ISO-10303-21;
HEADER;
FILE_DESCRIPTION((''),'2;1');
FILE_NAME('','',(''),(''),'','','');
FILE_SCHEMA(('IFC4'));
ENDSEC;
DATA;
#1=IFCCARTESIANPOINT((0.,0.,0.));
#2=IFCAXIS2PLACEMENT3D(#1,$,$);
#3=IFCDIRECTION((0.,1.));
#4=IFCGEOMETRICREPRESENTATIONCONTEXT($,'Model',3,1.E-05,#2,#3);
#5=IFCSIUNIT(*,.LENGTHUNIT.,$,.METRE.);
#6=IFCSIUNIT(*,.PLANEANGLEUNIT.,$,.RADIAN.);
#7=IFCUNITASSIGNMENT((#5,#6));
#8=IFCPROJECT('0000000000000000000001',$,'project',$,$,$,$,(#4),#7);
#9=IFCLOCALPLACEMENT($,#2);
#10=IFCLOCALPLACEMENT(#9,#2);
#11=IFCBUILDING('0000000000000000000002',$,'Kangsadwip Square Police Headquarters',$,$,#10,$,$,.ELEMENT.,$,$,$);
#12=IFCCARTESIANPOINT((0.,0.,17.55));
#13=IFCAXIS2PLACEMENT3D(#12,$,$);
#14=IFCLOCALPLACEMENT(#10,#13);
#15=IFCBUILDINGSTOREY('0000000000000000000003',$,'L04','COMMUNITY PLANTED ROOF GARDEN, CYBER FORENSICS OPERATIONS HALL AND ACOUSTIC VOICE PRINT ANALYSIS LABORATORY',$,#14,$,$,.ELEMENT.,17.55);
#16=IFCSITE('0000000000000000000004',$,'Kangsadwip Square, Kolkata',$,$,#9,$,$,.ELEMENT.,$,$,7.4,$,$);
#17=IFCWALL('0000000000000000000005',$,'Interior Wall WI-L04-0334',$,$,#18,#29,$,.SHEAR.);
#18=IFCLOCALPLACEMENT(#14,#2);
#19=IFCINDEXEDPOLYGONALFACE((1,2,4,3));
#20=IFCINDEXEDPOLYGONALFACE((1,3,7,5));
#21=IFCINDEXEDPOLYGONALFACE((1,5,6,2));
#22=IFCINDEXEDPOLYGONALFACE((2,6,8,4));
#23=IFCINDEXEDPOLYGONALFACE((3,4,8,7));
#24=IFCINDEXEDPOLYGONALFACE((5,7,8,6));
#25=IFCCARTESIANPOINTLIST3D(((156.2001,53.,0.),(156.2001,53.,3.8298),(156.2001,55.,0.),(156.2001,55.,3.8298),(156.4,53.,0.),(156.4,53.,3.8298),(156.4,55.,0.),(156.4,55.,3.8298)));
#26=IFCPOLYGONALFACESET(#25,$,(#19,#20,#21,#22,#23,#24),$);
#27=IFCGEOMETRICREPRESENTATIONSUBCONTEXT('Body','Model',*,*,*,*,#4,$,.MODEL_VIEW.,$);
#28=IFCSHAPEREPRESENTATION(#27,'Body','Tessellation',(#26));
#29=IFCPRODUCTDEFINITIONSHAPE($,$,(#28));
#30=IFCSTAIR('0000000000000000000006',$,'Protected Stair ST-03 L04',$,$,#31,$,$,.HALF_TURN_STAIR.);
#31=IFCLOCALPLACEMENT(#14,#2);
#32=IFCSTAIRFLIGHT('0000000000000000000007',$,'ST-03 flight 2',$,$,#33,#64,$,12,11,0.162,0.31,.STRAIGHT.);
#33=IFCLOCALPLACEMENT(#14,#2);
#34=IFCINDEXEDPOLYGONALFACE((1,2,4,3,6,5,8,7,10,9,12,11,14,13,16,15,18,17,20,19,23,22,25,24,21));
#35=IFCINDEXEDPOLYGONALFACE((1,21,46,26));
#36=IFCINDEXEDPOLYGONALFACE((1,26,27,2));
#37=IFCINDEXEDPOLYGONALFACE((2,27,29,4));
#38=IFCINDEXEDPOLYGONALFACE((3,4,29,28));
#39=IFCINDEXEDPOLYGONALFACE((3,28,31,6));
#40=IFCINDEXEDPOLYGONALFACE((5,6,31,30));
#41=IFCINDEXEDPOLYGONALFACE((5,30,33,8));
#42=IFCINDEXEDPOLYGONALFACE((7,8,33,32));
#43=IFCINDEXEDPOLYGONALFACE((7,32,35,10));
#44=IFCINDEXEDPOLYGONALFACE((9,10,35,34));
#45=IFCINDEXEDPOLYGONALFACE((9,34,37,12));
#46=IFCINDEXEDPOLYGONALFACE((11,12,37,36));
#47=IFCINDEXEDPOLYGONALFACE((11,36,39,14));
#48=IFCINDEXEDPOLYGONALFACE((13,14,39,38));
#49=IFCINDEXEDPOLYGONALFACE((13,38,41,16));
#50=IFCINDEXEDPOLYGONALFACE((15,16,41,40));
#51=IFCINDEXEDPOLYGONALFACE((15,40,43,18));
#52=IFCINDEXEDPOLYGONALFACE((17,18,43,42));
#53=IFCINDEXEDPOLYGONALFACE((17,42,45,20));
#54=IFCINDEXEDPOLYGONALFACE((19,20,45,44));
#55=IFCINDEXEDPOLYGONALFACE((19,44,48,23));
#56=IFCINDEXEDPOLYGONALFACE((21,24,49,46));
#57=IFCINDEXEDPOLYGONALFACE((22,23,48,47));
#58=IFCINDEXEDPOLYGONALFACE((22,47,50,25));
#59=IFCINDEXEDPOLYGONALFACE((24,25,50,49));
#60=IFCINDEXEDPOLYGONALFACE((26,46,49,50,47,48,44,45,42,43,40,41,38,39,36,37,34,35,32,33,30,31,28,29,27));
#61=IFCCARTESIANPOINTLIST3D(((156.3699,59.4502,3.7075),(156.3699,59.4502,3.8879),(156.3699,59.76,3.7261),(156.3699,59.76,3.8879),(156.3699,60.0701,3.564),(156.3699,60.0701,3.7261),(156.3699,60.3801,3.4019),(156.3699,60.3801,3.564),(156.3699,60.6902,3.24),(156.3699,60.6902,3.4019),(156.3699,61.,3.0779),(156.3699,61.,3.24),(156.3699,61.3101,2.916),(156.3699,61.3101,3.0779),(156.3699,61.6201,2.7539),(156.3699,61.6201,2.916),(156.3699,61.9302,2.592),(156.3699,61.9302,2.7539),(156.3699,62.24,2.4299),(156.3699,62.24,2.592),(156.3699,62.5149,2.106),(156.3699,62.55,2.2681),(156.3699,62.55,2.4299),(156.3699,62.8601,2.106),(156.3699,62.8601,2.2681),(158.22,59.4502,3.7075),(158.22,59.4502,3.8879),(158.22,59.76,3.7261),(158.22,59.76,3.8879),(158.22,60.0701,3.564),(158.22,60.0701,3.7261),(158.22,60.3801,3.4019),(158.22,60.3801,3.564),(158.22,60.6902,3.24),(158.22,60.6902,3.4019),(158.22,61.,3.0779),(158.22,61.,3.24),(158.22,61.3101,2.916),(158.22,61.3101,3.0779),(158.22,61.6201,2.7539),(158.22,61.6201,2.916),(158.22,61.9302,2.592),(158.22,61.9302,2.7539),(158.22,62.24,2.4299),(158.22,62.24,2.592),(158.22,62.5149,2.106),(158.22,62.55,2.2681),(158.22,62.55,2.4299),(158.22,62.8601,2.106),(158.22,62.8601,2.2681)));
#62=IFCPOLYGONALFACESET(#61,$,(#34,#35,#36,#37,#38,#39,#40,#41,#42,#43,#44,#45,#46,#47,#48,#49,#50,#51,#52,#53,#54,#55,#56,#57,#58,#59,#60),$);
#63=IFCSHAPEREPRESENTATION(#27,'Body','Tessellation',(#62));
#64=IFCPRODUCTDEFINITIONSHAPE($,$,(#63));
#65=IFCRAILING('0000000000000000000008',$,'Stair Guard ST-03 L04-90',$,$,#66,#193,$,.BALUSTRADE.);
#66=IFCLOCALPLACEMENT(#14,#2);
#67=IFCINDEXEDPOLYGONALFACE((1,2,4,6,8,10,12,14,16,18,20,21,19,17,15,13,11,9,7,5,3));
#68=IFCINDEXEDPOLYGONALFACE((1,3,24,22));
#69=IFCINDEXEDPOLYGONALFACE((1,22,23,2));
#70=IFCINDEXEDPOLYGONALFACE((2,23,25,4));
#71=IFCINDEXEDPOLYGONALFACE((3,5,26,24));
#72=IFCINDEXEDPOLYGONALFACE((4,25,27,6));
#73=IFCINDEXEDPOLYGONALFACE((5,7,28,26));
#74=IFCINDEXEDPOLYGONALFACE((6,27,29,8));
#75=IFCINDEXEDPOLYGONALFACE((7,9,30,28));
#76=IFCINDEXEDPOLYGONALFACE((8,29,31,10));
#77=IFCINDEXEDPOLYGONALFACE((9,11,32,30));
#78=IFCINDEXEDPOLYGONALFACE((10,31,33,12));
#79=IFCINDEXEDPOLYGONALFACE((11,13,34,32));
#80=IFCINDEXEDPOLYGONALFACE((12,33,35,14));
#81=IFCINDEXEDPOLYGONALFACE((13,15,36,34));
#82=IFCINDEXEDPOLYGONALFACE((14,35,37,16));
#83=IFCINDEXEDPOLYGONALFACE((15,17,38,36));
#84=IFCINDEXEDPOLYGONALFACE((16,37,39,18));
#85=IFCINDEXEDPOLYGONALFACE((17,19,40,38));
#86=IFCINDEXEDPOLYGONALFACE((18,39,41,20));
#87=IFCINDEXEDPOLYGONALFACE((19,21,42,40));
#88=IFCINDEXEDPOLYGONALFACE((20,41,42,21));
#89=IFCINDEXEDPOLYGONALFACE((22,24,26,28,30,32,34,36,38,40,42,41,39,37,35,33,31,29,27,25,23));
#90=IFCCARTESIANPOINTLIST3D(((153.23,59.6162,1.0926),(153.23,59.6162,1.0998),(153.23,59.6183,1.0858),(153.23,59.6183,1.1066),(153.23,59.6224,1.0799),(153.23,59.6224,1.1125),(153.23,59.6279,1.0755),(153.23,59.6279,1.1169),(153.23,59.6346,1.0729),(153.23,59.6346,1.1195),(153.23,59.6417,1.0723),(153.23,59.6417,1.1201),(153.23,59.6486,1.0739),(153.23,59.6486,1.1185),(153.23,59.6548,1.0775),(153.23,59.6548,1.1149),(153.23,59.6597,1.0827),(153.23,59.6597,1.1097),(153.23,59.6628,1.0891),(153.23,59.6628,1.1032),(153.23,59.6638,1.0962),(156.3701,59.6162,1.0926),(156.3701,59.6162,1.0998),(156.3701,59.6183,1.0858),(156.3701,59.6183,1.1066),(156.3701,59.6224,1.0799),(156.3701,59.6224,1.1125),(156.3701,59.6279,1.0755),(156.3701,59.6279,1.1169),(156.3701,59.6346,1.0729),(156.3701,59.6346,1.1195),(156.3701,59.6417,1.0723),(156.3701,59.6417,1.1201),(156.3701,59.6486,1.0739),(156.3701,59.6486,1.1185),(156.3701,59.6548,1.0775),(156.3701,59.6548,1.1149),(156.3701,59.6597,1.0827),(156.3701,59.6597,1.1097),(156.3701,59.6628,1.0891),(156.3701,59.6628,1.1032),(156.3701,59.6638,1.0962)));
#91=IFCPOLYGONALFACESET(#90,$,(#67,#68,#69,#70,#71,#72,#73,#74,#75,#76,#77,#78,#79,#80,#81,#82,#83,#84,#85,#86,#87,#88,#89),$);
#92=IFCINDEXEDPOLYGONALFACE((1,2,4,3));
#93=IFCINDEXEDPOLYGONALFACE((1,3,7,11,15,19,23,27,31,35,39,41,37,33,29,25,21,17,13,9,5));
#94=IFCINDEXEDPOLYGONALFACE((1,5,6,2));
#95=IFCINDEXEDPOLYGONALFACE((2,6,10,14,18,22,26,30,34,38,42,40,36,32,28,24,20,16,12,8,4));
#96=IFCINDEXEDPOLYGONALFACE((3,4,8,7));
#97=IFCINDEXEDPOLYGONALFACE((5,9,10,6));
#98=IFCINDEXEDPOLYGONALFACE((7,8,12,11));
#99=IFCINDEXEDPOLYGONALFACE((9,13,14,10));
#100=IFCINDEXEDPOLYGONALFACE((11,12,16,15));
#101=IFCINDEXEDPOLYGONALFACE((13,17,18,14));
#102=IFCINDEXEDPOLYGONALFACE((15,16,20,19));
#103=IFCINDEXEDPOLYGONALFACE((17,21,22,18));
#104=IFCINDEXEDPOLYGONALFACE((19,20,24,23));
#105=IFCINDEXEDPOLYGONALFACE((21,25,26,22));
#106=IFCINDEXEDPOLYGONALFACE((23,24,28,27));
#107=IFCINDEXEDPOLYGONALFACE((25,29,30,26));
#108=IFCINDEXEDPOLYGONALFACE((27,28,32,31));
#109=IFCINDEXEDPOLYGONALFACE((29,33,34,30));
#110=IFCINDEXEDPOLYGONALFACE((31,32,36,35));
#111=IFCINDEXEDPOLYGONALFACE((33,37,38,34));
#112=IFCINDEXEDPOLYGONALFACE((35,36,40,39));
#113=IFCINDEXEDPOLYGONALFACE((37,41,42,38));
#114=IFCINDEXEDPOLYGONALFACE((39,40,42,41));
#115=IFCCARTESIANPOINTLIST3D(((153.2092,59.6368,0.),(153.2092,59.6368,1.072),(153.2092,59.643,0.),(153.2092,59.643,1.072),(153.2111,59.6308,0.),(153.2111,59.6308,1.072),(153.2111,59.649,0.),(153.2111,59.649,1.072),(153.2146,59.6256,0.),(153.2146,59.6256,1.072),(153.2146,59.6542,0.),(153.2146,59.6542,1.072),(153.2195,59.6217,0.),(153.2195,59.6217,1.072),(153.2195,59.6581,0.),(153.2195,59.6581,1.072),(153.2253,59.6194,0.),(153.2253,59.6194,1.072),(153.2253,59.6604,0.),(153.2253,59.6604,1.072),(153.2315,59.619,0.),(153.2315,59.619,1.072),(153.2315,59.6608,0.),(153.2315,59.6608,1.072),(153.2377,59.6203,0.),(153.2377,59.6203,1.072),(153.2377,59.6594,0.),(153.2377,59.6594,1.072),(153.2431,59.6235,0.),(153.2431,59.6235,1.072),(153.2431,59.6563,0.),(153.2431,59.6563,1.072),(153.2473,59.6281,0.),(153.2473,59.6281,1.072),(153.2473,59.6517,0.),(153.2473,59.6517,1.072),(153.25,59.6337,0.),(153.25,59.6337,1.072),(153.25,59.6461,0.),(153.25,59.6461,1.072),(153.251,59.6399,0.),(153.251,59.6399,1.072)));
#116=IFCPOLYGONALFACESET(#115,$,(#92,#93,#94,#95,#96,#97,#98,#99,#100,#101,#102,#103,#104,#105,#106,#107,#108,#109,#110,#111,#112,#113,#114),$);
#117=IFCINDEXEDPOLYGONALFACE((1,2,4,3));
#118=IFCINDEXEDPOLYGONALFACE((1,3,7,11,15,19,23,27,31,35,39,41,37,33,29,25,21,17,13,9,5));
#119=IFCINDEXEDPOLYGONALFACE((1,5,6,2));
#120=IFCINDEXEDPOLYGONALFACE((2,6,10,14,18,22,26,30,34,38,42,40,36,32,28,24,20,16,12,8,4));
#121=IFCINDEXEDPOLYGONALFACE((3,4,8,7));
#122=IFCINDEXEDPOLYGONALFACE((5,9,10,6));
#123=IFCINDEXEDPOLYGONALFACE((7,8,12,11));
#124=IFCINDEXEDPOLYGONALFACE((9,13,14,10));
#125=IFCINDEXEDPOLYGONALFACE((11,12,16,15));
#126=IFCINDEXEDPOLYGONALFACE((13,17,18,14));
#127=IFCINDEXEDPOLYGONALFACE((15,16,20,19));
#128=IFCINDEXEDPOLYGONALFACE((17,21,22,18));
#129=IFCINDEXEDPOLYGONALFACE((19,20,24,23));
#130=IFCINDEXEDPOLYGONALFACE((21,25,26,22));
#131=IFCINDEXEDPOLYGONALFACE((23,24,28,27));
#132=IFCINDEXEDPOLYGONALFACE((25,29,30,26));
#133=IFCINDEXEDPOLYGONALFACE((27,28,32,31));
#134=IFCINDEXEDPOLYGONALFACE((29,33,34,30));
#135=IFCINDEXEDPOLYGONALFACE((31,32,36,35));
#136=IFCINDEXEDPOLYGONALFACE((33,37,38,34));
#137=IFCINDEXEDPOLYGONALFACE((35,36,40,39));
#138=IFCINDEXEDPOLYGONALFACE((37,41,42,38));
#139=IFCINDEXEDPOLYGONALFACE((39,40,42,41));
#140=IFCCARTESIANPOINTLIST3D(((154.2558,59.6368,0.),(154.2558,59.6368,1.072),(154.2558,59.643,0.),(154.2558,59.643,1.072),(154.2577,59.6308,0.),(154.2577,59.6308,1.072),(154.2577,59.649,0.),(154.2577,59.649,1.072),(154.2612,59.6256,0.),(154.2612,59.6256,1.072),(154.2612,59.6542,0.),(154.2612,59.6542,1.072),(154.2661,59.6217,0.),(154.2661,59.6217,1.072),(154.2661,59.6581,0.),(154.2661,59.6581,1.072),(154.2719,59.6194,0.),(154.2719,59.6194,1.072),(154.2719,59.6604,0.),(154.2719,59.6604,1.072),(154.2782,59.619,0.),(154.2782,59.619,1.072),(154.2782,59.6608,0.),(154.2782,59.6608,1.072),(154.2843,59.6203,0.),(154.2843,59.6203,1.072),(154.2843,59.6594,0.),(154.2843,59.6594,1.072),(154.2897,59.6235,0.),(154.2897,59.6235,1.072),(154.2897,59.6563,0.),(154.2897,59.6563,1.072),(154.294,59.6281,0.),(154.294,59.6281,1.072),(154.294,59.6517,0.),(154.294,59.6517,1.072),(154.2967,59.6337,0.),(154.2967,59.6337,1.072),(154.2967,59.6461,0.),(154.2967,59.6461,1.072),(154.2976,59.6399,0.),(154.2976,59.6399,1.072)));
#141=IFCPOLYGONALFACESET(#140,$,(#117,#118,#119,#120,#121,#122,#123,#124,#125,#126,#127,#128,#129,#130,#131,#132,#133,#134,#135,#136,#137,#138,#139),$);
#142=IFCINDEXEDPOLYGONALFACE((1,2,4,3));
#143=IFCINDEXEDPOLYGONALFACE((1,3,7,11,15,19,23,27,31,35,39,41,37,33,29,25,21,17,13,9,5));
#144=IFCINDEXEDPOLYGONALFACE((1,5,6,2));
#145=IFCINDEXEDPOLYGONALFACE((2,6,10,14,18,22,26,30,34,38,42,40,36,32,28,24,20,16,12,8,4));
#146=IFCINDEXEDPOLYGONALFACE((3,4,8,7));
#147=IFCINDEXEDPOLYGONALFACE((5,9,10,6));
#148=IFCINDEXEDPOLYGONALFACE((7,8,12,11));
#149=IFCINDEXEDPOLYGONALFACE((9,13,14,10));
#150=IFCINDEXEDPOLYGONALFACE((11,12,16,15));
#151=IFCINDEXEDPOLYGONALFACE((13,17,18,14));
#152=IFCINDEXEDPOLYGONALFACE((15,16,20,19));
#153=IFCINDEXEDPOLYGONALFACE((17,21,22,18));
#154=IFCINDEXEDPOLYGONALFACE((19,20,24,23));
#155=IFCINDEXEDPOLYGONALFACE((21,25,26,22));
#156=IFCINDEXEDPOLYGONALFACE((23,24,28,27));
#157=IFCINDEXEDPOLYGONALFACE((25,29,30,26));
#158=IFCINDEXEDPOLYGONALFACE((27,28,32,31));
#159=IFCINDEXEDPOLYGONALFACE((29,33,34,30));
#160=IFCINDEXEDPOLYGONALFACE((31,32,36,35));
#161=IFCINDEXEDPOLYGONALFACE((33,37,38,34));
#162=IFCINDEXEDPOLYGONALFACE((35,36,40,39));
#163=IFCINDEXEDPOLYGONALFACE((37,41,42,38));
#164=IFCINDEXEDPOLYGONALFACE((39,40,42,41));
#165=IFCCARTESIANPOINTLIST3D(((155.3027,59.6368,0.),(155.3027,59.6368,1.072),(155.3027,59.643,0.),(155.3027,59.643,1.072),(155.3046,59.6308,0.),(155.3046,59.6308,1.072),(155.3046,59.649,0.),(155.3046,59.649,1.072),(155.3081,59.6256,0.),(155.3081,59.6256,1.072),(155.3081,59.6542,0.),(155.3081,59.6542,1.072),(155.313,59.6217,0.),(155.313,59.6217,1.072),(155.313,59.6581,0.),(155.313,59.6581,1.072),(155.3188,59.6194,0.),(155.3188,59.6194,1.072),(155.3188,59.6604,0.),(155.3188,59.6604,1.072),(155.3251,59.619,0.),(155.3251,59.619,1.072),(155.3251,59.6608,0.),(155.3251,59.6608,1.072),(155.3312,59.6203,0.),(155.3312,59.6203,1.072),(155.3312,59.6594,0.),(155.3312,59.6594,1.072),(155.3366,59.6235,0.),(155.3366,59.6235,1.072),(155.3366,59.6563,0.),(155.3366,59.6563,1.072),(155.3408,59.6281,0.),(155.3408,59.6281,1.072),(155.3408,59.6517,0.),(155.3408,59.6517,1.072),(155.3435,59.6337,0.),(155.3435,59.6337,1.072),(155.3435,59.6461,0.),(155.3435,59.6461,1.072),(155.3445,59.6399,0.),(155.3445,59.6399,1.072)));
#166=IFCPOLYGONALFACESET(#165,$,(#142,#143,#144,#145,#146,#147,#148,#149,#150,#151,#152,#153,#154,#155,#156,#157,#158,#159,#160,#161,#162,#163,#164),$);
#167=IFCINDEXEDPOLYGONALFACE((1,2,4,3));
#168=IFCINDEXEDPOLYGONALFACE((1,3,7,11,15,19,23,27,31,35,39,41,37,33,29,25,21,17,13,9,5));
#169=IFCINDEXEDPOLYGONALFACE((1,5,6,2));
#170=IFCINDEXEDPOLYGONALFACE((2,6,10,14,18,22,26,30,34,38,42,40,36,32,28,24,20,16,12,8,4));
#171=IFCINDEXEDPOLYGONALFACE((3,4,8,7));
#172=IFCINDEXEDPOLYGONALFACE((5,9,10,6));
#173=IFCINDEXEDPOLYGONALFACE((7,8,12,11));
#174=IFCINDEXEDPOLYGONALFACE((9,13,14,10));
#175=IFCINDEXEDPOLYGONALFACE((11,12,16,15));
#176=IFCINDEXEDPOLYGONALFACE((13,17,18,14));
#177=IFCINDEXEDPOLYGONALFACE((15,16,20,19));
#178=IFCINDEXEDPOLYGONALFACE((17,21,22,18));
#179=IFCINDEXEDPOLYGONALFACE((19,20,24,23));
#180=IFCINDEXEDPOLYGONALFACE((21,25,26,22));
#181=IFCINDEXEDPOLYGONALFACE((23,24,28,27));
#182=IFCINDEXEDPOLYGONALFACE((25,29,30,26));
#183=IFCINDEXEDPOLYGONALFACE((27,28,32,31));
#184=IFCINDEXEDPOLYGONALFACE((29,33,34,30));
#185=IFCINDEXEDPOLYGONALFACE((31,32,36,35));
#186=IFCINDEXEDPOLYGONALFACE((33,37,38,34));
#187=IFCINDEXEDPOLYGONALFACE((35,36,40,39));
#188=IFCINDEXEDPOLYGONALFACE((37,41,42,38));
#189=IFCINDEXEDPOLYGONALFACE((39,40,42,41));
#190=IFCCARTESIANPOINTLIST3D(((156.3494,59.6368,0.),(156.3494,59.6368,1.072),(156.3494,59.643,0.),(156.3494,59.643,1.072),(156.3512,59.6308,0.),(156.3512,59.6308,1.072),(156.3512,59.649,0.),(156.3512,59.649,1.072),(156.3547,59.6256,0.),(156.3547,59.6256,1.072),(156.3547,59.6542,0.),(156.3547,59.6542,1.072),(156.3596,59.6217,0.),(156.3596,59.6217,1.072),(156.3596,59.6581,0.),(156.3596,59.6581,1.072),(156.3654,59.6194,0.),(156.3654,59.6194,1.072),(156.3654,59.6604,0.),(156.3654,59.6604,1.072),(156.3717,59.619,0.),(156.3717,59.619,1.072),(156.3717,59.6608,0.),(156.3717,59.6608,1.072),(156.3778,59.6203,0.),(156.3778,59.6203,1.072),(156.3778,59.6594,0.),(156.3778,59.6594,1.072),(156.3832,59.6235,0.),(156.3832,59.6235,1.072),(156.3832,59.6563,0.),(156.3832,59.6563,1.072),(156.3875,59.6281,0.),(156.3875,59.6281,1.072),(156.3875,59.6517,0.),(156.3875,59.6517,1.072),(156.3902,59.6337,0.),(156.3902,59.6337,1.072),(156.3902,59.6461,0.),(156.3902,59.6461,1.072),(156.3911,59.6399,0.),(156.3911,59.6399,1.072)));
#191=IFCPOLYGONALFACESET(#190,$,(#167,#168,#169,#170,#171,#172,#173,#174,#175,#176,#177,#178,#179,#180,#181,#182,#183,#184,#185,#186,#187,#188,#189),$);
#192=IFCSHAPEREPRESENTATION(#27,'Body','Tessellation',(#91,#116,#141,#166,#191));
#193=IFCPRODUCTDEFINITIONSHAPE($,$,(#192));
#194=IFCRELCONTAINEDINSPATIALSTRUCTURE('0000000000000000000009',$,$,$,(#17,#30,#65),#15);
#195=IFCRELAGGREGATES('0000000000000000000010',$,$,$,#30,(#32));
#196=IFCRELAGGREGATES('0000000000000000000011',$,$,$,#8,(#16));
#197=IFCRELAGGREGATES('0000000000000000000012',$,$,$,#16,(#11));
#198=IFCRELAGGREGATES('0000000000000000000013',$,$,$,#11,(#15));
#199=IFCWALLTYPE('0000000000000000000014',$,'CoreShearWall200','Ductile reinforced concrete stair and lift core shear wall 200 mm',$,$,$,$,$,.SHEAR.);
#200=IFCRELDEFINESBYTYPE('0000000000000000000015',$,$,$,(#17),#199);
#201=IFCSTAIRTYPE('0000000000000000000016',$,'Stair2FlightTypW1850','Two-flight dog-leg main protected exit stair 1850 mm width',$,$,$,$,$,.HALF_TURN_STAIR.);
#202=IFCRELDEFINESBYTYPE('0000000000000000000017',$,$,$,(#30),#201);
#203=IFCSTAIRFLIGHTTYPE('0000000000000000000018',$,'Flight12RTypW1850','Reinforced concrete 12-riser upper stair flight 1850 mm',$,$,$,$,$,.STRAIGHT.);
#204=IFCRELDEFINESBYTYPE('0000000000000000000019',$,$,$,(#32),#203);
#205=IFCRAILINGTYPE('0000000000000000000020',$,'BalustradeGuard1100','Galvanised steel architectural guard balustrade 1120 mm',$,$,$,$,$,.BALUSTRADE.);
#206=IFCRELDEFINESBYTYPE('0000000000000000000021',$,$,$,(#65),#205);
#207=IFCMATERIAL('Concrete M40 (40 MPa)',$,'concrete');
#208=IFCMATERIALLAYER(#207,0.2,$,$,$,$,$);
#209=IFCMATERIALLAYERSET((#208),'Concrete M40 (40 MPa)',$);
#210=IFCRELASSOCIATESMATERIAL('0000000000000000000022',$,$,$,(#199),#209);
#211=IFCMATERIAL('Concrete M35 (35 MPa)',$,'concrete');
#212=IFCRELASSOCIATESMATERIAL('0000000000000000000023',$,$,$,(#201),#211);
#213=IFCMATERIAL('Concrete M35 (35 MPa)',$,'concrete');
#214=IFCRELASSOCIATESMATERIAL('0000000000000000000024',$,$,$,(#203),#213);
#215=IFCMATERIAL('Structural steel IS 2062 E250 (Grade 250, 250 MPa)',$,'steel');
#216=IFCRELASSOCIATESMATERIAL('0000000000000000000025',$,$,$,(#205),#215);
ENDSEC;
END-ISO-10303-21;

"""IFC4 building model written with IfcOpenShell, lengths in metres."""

from ifc_helpers import new_model, si_unit, direction, frame, frame_2d, origin, origin_2d, place, context, subcontext, project, spatial, polyline, rectangle, circle, outline, extrude, material, layer, layer_set, type_object, element, aggregate, save


model = new_model("IFC4")

# Units and contexts
model_context = context("Model", 3, precision=1e-05, world=origin(), true_north=direction((0.0, 1.0)))
body_context = subcontext(model_context, "Body", "Model", "MODEL_VIEW")
ifc_project = project(units=[si_unit("LENGTHUNIT", "METRE"), si_unit("PLANEANGLEUNIT", "RADIAN")], contexts=[model_context])

# Site, building, storey
site_placement = place(None, origin())
site = spatial("IfcSite", under=ifc_project, at=site_placement, Name="Kangsadwip Square, Kolkata", CompositionType="ELEMENT", RefElevation=7.4)
building_placement = place(site_placement, origin())
building = spatial("IfcBuilding", under=site, at=building_placement, Name="Kangsadwip Square Police Headquarters", CompositionType="ELEMENT")
storey_placement = place(building_placement, frame((0.0, 0.0, 17.55)))
storey = spatial("IfcBuildingStorey", under=building, at=storey_placement, Name="L04", Description="COMMUNITY PLANTED ROOF GARDEN, CYBER FORENSICS OPERATIONS HALL AND ACOUSTIC VOICE PRINT ANALYSIS LABORATORY", CompositionType="ELEMENT", Elevation=17.55)

# Wall
ifc_material_1 = material(Name="Concrete M40 (40 MPa)", Category="concrete")
ifc_layer_1 = layer(ifc_material_1, 0.2)
ifc_layer_set_1 = layer_set([ifc_layer_1], Name="Concrete M40 (40 MPa)")
wall_type_1 = type_object("IfcWallType", Name="CoreShearWall200", Description="Ductile reinforced concrete stair and lift core shear wall 200 mm", PredefinedType="SHEAR", material=ifc_layer_set_1)
wall_1_placement = place(storey_placement, frame((156.3, 53.0, 0.0), z_axis=(0.0, 0.0, 1.0), x_axis=(0.0, 1.0, 0.0)))
element("IfcWall", 1, at=wall_1_placement, inside=storey, type_object=wall_type_1, Name="Interior Wall WI-L04-0334", PredefinedType="SHEAR", context=body_context, shape_type="SweptSolid", body=[
    extrude(rectangle(XDim=2.0, YDim=0.2, at=frame_2d((1.0, 0.0))), origin(), (0.0, 0.0, 1.0), 3.8298),
])

# Stair, stair flight
ifc_material_2 = material(Name="Concrete M35 (35 MPa)", Category="concrete")
stair_type = type_object("IfcStairType", Name="Stair2FlightTypW1850", Description="Two-flight dog-leg main protected exit stair 1850 mm width", PredefinedType="HALF_TURN_STAIR", material=ifc_material_2)
stair_placement = place(storey_placement, origin())
stair = element("IfcStair", 2, at=stair_placement, inside=storey, type_object=stair_type, Name="Protected Stair ST-03 L04", PredefinedType="HALF_TURN_STAIR")
ifc_material_3 = material(Name="Concrete M35 (35 MPa)", Category="concrete")
stair_flight_type = type_object("IfcStairFlightType", Name="Flight12RTypW1850", Description="Reinforced concrete 12-riser upper stair flight 1850 mm", PredefinedType="STRAIGHT", material=ifc_material_3)
stair_flight_placement = place(storey_placement, frame((157.2949, 62.8601, 2.106), z_axis=(0.0, 0.0, 1.0), x_axis=(0.0, -1.0, 0.0)))
stair_flight = element("IfcStairFlight", 3, at=stair_flight_placement, type_object=stair_flight_type, Name="ST-03 flight 2", NumberOfRisers=12, NumberOfTreads=11, PredefinedType="STRAIGHT", RiserHeight=0.162, TreadLength=0.31, context=body_context, shape_type="SweptSolid", body=[
    extrude(outline(polyline([(0.0, 0.0), (0.0, 0.1621), (0.3101, 0.1621), (0.3101, 0.324), (0.6201, 0.324), (0.6201, 0.4861), (0.9299, 0.4861), (0.9299, 0.6479), (1.24, 0.6479), (1.24, 0.8101), (1.55, 0.8101), (1.55, 0.9719), (1.8601, 0.9719), (1.8601, 1.134), (2.1699, 1.134), (2.1699, 1.2959), (2.48, 1.2959), (2.48, 1.458), (2.79, 1.458), (2.79, 1.6201), (3.1001, 1.6201), (3.1001, 1.782), (3.4099, 1.782), (3.4099, 1.9441), (3.4099, 1.6016), (0.3452, 0.0), (0.0, 0.0)])), frame((0.0, 0.925, 0.0), z_axis=(0.0, -1.0, 0.0), x_axis=(1.0, 0.0, 0.0)), (0.0, 0.0, 1.0), 1.8501),
])
aggregate(stair, [stair_flight])

# Railing
ifc_material_4 = material(Name="Structural steel IS 2062 E250 (Grade 250, 250 MPa)", Category="steel")
railing_type = type_object("IfcRailingType", Name="BalustradeGuard1100", Description="Galvanised steel architectural guard balustrade 1120 mm", PredefinedType="BALUSTRADE", material=ifc_material_4)
for number, where, name in (
    (4, (153.23, 59.6399, 0.0), "Stair Guard ST-03 L04-90"),
):
    element("IfcRailing", number, at=place(storey_placement, frame(where)), inside=storey, type_object=railing_type, Name=name, PredefinedType="BALUSTRADE", context=body_context, shape_type="SweptSolid", body=[
        extrude(circle(Radius=0.0239, at=origin_2d()), frame((0.0, 0.0, 1.0962), z_axis=(1.0, 0.0, 0.0), x_axis=(0.0, 1.0, 0.0)), (0.0, 0.0, 1.0), 3.1401),
        extrude(circle(Radius=0.021, at=origin_2d()), origin(), (0.0, 0.0, 1.0), 1.072),
        extrude(circle(Radius=0.021, at=origin_2d()), frame((1.0466, 0.0, 0.0)), (0.0, 0.0, 1.0), 1.072),
        extrude(circle(Radius=0.021, at=origin_2d()), frame((2.0935, 0.0, 0.0)), (0.0, 0.0, 1.0), 1.072),
        extrude(circle(Radius=0.021, at=origin_2d()), frame((3.1401, 0.0, 0.0)), (0.0, 0.0, 1.0), 1.072),
    ])

save(model, "model.ifc")
